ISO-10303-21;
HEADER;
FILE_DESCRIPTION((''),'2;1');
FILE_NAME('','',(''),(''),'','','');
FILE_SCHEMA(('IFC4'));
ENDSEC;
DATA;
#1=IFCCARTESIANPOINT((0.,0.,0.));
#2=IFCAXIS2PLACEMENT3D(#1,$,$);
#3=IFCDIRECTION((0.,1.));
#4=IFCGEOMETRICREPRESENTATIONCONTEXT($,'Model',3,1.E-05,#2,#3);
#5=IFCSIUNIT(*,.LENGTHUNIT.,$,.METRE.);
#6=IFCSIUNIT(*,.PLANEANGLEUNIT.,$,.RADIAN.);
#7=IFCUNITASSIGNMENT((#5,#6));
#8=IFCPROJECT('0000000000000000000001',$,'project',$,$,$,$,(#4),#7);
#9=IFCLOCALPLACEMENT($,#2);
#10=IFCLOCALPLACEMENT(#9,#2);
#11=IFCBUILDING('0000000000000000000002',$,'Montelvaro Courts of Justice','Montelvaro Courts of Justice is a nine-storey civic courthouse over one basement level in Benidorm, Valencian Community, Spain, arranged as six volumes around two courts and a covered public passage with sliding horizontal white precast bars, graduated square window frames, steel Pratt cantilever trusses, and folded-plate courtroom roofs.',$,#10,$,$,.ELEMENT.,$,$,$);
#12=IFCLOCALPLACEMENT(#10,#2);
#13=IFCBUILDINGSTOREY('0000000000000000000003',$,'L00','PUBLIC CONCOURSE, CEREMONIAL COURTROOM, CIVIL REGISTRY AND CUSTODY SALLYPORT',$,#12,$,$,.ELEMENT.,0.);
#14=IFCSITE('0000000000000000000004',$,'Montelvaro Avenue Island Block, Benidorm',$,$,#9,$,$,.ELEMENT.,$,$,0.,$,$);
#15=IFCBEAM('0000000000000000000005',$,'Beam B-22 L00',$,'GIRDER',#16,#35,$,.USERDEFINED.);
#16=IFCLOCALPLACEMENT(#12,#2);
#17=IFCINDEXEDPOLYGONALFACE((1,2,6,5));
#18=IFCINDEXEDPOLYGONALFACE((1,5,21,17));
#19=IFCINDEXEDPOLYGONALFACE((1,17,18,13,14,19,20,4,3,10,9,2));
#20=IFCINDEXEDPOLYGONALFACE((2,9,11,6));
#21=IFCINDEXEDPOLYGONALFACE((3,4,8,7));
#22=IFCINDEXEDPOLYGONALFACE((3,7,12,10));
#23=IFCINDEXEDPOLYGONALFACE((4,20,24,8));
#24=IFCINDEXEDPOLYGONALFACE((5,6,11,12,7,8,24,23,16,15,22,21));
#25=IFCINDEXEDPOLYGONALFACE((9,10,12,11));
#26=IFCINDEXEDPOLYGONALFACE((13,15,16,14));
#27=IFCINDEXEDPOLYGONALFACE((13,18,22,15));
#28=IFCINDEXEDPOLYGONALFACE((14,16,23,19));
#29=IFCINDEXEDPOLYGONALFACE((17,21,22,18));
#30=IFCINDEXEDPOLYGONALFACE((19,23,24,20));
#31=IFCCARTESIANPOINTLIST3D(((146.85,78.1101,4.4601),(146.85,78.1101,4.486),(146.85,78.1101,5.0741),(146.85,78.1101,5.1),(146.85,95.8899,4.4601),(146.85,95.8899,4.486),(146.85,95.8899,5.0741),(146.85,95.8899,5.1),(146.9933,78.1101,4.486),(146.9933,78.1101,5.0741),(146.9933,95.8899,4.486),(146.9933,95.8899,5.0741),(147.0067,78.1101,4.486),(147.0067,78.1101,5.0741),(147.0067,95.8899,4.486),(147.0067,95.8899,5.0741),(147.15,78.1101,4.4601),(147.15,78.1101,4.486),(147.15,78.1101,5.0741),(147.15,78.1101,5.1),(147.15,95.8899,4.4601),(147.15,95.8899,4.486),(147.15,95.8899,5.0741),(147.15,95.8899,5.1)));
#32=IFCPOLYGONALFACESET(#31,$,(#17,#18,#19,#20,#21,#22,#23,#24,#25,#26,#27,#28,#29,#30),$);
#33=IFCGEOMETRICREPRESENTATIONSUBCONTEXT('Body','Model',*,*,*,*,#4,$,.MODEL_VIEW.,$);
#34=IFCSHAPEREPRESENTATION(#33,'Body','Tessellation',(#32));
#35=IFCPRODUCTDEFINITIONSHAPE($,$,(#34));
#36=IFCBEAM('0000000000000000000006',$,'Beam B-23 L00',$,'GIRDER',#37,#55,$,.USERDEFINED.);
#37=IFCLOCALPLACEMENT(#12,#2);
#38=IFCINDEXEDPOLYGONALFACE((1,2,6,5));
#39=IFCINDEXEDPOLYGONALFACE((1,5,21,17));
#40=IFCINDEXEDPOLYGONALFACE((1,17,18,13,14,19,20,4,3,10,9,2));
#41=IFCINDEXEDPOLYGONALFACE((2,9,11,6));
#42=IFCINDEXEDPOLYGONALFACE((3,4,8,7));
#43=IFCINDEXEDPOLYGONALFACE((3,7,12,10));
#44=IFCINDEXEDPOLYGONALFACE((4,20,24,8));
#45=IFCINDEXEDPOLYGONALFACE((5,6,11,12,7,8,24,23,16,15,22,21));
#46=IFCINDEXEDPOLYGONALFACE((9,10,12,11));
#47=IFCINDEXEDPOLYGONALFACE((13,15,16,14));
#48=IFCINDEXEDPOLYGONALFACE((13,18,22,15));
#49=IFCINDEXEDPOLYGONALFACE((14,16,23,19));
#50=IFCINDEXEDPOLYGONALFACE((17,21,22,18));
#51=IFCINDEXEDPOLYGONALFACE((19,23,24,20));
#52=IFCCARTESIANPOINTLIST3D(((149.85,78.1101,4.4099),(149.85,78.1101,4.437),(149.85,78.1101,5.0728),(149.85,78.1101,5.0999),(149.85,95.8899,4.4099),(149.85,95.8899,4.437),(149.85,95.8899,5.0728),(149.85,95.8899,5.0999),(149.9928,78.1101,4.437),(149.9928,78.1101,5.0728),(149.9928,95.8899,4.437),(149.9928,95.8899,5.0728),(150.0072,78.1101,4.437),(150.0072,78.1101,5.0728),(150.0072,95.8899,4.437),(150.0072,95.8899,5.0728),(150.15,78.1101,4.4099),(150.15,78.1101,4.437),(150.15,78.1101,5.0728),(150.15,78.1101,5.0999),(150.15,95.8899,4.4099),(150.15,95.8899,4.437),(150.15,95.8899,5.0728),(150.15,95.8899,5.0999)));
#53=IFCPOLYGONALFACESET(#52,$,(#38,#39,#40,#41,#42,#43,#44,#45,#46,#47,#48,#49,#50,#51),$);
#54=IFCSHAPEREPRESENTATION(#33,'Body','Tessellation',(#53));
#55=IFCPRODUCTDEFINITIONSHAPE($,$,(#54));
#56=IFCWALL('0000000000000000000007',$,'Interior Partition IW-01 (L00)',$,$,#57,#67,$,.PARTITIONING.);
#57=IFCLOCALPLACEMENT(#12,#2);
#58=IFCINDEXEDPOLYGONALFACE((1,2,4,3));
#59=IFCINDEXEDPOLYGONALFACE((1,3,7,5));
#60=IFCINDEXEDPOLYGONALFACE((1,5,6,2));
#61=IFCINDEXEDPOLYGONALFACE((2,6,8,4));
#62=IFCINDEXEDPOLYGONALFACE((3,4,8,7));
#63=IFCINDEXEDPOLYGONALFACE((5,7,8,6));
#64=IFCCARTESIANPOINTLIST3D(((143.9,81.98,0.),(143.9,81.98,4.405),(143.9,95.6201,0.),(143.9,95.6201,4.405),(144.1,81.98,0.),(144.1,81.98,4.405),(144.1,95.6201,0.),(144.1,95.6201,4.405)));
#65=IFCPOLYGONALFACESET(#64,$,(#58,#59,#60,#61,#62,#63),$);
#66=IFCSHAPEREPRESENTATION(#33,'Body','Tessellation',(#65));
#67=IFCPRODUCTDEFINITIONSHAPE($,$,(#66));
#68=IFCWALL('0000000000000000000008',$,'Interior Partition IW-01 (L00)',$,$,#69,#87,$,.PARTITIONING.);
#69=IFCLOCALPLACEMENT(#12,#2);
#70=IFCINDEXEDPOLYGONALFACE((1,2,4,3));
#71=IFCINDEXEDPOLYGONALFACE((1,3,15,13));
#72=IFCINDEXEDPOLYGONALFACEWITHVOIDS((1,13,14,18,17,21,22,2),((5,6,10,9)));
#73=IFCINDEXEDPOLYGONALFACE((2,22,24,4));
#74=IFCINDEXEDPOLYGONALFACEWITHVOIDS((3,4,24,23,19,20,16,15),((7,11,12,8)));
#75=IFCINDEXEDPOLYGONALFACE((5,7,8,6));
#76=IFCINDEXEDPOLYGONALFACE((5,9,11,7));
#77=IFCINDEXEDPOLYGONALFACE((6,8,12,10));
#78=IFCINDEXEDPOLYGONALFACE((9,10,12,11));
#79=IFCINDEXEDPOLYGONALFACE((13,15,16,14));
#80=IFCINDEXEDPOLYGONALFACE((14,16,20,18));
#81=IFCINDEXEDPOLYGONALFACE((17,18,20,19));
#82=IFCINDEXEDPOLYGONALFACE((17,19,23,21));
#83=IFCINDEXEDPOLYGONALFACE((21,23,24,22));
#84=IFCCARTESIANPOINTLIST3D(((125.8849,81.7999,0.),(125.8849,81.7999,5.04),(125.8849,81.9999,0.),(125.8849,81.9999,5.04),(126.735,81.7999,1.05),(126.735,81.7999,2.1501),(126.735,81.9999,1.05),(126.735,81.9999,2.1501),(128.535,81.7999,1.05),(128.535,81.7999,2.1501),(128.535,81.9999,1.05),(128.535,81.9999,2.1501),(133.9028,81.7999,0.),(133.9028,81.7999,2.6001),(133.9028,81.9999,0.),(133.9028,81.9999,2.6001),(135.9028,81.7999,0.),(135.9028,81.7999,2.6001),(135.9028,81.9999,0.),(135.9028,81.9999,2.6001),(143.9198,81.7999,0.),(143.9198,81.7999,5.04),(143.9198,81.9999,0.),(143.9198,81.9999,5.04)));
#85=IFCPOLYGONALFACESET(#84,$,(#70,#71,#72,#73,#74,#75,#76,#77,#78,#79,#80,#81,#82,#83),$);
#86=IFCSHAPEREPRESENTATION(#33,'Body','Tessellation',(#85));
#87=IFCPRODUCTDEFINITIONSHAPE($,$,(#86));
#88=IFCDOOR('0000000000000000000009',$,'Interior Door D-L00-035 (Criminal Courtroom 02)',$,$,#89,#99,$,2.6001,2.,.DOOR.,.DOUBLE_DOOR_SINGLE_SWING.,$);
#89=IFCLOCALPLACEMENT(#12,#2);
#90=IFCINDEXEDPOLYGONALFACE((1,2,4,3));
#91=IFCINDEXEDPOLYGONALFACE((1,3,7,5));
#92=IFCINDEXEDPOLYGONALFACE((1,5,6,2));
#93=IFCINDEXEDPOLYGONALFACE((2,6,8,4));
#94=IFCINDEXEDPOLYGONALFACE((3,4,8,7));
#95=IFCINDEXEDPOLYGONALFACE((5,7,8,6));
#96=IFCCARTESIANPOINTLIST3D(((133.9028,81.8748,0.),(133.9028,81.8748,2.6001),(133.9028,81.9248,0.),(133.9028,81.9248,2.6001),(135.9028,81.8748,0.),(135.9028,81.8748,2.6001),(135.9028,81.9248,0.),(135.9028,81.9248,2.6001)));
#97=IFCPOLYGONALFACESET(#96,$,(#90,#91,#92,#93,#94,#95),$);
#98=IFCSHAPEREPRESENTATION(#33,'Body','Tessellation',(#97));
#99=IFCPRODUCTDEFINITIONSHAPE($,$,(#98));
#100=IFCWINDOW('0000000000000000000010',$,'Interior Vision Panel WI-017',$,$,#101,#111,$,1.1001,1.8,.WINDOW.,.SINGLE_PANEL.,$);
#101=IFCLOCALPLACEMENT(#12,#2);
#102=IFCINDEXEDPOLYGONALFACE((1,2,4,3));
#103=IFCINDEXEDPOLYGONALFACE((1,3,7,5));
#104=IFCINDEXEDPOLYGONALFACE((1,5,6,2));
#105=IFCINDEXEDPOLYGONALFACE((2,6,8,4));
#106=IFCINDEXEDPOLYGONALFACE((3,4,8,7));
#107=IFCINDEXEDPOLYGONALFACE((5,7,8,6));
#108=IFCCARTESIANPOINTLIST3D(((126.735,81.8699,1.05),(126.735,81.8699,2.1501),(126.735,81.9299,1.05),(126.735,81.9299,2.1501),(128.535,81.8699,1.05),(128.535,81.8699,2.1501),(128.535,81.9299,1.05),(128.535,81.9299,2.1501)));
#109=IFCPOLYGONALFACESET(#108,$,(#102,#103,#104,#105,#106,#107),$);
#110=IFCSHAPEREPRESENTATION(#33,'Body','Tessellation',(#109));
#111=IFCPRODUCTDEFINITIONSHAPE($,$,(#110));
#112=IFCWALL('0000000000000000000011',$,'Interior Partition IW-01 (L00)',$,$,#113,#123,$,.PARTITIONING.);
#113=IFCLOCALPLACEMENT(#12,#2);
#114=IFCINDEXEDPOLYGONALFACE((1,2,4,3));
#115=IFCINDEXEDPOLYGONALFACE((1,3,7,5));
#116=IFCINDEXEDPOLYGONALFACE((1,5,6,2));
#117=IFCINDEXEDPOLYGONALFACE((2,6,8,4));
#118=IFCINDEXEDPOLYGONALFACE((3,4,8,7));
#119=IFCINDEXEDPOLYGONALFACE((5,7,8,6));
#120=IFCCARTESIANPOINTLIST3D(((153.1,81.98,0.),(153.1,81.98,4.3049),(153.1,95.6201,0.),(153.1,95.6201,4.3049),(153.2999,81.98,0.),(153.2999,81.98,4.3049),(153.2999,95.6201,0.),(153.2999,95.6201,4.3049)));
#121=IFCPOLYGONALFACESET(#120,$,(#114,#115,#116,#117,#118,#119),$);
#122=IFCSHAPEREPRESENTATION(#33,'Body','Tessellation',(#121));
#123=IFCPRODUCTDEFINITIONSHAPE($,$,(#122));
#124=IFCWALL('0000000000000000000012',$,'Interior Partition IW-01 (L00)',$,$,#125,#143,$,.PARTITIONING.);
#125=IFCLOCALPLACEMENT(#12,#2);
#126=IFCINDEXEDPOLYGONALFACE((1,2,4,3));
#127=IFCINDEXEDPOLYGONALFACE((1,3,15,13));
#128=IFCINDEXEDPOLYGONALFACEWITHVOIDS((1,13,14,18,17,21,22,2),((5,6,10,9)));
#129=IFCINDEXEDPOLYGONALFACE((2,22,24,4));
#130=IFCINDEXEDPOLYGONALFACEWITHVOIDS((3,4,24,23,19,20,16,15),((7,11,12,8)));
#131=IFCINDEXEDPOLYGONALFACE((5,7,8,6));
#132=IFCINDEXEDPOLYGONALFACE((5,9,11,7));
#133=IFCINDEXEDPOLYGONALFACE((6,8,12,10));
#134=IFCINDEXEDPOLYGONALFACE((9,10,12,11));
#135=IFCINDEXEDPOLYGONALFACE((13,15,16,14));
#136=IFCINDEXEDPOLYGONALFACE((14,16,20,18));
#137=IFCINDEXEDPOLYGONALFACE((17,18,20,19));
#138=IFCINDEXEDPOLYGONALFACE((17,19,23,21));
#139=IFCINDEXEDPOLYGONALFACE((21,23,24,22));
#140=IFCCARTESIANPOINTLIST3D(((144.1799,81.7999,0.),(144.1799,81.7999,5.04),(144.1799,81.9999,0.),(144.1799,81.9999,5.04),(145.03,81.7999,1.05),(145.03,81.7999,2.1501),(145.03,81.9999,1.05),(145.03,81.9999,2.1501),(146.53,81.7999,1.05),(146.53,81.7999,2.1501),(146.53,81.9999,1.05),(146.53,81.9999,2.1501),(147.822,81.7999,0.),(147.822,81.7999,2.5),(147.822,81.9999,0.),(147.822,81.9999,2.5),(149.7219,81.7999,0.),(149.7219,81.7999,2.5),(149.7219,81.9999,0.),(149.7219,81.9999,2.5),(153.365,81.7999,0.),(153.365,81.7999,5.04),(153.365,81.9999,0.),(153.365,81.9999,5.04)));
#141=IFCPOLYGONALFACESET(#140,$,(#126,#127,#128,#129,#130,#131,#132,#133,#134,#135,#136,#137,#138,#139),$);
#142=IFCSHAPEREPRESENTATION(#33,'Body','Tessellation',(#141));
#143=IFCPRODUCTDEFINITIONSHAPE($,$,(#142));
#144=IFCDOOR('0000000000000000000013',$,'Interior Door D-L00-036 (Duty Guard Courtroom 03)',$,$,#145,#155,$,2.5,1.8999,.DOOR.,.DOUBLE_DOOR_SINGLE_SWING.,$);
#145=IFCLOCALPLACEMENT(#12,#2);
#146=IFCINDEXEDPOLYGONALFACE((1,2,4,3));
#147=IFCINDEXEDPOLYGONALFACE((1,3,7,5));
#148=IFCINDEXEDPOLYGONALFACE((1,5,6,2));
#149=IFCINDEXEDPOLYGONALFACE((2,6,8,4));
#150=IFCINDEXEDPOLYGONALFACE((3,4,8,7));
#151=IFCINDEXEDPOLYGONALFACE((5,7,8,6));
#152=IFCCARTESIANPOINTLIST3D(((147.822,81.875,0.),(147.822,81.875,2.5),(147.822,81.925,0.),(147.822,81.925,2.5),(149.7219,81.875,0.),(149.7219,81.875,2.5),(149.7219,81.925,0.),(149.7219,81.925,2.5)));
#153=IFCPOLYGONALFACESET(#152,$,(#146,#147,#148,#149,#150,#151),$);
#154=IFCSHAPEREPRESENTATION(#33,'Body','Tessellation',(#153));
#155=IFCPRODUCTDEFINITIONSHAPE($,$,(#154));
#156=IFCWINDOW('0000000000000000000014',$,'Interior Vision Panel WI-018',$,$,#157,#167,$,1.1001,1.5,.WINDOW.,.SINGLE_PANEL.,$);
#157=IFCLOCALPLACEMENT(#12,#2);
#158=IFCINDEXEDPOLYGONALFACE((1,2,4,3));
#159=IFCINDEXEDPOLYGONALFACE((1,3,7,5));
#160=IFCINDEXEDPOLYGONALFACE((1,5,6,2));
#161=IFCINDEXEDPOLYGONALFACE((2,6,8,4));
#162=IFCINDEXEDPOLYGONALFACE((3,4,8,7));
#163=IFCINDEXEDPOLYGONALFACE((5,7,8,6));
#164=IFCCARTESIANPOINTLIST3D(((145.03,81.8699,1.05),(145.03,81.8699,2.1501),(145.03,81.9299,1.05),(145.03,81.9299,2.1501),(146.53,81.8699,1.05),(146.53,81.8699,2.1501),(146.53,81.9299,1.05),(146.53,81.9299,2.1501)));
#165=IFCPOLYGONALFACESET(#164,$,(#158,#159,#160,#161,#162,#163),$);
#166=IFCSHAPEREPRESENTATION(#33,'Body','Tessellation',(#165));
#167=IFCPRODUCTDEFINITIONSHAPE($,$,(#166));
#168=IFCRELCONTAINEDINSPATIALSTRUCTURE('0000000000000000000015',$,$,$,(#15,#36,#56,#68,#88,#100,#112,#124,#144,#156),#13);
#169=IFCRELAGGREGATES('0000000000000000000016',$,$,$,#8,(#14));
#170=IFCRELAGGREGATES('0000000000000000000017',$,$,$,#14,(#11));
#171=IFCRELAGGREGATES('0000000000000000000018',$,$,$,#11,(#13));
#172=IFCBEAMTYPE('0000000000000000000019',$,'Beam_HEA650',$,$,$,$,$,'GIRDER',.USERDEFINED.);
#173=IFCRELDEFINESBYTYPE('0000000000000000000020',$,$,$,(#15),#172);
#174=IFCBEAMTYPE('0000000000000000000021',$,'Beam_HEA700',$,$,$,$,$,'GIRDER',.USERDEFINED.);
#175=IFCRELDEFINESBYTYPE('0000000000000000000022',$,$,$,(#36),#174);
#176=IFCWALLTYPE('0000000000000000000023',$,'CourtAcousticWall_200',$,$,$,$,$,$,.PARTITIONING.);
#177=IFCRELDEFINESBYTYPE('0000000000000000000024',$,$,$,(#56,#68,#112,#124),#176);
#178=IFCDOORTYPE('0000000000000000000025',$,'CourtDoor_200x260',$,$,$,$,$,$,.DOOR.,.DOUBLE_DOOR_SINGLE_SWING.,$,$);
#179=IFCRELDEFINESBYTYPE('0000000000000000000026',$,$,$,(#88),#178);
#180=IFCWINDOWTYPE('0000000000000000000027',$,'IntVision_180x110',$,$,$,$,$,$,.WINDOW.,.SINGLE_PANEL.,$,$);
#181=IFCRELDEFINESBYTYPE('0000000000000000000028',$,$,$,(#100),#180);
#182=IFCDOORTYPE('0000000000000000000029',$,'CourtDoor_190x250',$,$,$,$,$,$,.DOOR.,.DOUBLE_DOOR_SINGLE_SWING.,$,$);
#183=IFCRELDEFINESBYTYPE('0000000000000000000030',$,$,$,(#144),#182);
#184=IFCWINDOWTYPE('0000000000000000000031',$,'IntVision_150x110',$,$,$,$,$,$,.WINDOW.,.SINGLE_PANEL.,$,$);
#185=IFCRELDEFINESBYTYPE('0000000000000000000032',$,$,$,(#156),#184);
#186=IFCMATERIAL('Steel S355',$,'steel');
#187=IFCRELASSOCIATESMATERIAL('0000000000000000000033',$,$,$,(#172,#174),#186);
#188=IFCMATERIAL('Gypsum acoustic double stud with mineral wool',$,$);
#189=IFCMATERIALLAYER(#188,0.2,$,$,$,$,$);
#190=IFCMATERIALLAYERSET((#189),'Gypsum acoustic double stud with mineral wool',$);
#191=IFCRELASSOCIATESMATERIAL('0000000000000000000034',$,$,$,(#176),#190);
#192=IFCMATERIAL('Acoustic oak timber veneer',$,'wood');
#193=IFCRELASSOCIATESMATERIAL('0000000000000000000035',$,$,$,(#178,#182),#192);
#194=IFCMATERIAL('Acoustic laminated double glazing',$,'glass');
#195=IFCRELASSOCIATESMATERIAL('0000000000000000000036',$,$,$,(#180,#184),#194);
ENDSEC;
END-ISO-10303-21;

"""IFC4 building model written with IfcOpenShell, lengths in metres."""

from ifc_helpers import new_model, si_unit, direction, frame, frame_2d, origin, origin_2d, place, context, subcontext, project, spatial, rectangle, i_section, extrude, material, layer, layer_set, material_profile, profile_set, type_object, element, fill, save


model = new_model("IFC4")

# Units and contexts
model_context = context("Model", 3, precision=1e-05, world=origin(), true_north=direction((0.0, 1.0)))
body_context = subcontext(model_context, "Body", "Model", "MODEL_VIEW")
ifc_project = project(units=[si_unit("LENGTHUNIT", "METRE"), si_unit("PLANEANGLEUNIT", "RADIAN")], contexts=[model_context])

# Site, building, storey
site_placement = place(None, origin())
site = spatial("IfcSite", under=ifc_project, at=site_placement, Name="Montelvaro Avenue Island Block, Benidorm", CompositionType="ELEMENT", RefElevation=0.0)
building_placement = place(site_placement, origin())
building = spatial("IfcBuilding", under=site, at=building_placement, Name="Montelvaro Courts of Justice", Description="Montelvaro Courts of Justice is a nine-storey civic courthouse over one basement level in Benidorm, Valencian Community, Spain, arranged as six volumes around two courts and a covered public passage with sliding horizontal white precast bars, graduated square window frames, steel Pratt cantilever trusses, and folded-plate courtroom roofs.", CompositionType="ELEMENT")
storey_placement = place(building_placement, origin())
storey = spatial("IfcBuildingStorey", under=building, at=storey_placement, Name="L00", Description="PUBLIC CONCOURSE, CEREMONIAL COURTROOM, CIVIL REGISTRY AND CUSTODY SALLYPORT", CompositionType="ELEMENT", Elevation=0.0)

# Beams
ifc_material_1 = material(Name="Steel S355", Category="steel")
ifc_material_profile_1 = material_profile(ifc_material_1, i_section(OverallWidth=0.3, OverallDepth=0.6399, WebThickness=0.0134, FlangeThickness=0.0259, at=origin_2d()), Name="HEA 650")
ifc_profile_set_1 = profile_set([ifc_material_profile_1], Name="Steel S355")
beam_type_1 = type_object("IfcBeamType", Name="Beam_HEA650", ElementType="GIRDER", PredefinedType="USERDEFINED", material=ifc_profile_set_1)
beam_1_placement = place(storey_placement, frame((147.0, 78.1101, 4.78), z_axis=(0.0, 1.0, 0.0), x_axis=(-1.0, 0.0, 0.0)))
element("IfcBeam", 1, at=beam_1_placement, inside=storey, type_object=beam_type_1, Name="Beam B-22 L00", ObjectType="GIRDER", PredefinedType="USERDEFINED", context=body_context, shape_type="SweptSolid", body=[
    extrude(i_section(OverallWidth=0.3, OverallDepth=0.6399, WebThickness=0.0134, FlangeThickness=0.0259, at=origin_2d()), origin(), (0.0, 0.0, 1.0), 17.7798),
])
ifc_material_profile_2 = material_profile(ifc_material_1, i_section(OverallWidth=0.3, OverallDepth=0.6899, WebThickness=0.0144, FlangeThickness=0.0271, at=origin_2d()), Name="HEA 700")
ifc_profile_set_2 = profile_set([ifc_material_profile_2], Name="Steel S355")
beam_type_2 = type_object("IfcBeamType", Name="Beam_HEA700", ElementType="GIRDER", PredefinedType="USERDEFINED", material=ifc_profile_set_2)
beam_2_placement = place(storey_placement, frame((150.0, 78.1101, 4.7549), z_axis=(0.0, 1.0, 0.0), x_axis=(-1.0, 0.0, 0.0)))
element("IfcBeam", 2, at=beam_2_placement, inside=storey, type_object=beam_type_2, Name="Beam B-23 L00", ObjectType="GIRDER", PredefinedType="USERDEFINED", context=body_context, shape_type="SweptSolid", body=[
    extrude(i_section(OverallWidth=0.3, OverallDepth=0.6899, WebThickness=0.0144, FlangeThickness=0.0271, at=origin_2d()), origin(), (0.0, 0.0, 1.0), 17.7798),
])

# Wall
ifc_material_2 = material(Name="Gypsum acoustic double stud with mineral wool")
ifc_layer_1 = layer(ifc_material_2, 0.2)
ifc_layer_set_1 = layer_set([ifc_layer_1], Name="Gypsum acoustic double stud with mineral wool")
wall_type_1 = type_object("IfcWallType", Name="CourtAcousticWall_200", PredefinedType="PARTITIONING", material=ifc_layer_set_1)
wall_1_placement = place(storey_placement, frame((144.0, 95.6201, 0.0), z_axis=(0.0, 0.0, 1.0), x_axis=(0.0, -1.0, 0.0)))
element("IfcWall", 3, at=wall_1_placement, inside=storey, type_object=wall_type_1, Name="Interior Partition IW-01 (L00)", PredefinedType="PARTITIONING", context=body_context, shape_type="SweptSolid", body=[
    extrude(rectangle(XDim=13.6401, YDim=0.2, at=frame_2d((6.8201, 0.0))), origin(), (0.0, 0.0, 1.0), 4.405),
])

# Wall, openings, door, window
wall_2_placement = place(storey_placement, frame((143.9199, 81.8999, 0.0), z_axis=(0.0, 0.0, 1.0), x_axis=(-1.0, 0.0, 0.0)))
wall_2 = element("IfcWall", 4, at=wall_2_placement, inside=storey, type_object=wall_type_1, Name="Interior Partition IW-01 (L00)", PredefinedType="PARTITIONING", context=body_context, shape_type="SweptSolid", body=[
    extrude(rectangle(XDim=18.0349, YDim=0.2, at=frame_2d((9.0176, 0.0))), origin(), (0.0, 0.0, 1.0), 5.04),
])
opening_1_placement = place(wall_2_placement, frame((8.0171, 0.0, 0.0)))
opening_1 = element("IfcOpeningElement", 5, at=opening_1_placement, cuts=wall_2, PredefinedType="OPENING", context=body_context, shape_type="SweptSolid", body=[
    extrude(rectangle(XDim=2.0, YDim=2.6001, at=frame_2d((1.0, 1.3))), frame((0.0, 0.1147, 0.0), z_axis=(0.0, -1.0, 0.0), x_axis=(1.0, 0.0, 0.0)), (0.0, 0.0, 1.0), 0.2297),
])
opening_2_placement = place(wall_2_placement, frame((15.385, 0.0, 1.05)))
opening_2 = element("IfcOpeningElement", 6, at=opening_2_placement, cuts=wall_2, PredefinedType="OPENING", context=body_context, shape_type="SweptSolid", body=[
    extrude(rectangle(XDim=1.8, YDim=1.1001, at=frame_2d((0.8999, 0.55))), frame((0.0, 0.1147, 0.0), z_axis=(0.0, -1.0, 0.0), x_axis=(1.0, 0.0, 0.0)), (0.0, 0.0, 1.0), 0.2297),
])
ifc_material_3 = material(Name="Acoustic oak timber veneer", Category="wood")
door_type_1 = type_object("IfcDoorType", Name="CourtDoor_200x260", OperationType="DOUBLE_DOOR_SINGLE_SWING", PredefinedType="DOOR", material=ifc_material_3)
door_1_placement = place(opening_1_placement, frame((2.0, 0.0, 0.0), z_axis=(0.0, 0.0, 1.0), x_axis=(-1.0, 0.0, 0.0)))
door_1 = element("IfcDoor", 7, at=door_1_placement, inside=storey, type_object=door_type_1, Name="Interior Door D-L00-035 (Criminal Courtroom 02)", OperationType="DOUBLE_DOOR_SINGLE_SWING", OverallHeight=2.6001, OverallWidth=2.0, PredefinedType="DOOR", context=body_context, shape_type="SweptSolid", body=[
    extrude(rectangle(XDim=2.0, YDim=2.6001, at=frame_2d((1.0, 1.3))), frame((0.0, 0.0249, 0.0), z_axis=(0.0, -1.0, 0.0), x_axis=(1.0, 0.0, 0.0)), (0.0, 0.0, 1.0), 0.05),
])
fill(opening_1, door_1)
ifc_material_4 = material(Name="Acoustic laminated double glazing", Category="glass")
window_type_1 = type_object("IfcWindowType", Name="IntVision_180x110", PartitioningType="SINGLE_PANEL", PredefinedType="WINDOW", material=ifc_material_4)
window_1_placement = place(opening_2_placement, origin())
window_1 = element("IfcWindow", 8, at=window_1_placement, inside=storey, type_object=window_type_1, Name="Interior Vision Panel WI-017", OverallHeight=1.1001, OverallWidth=1.8, PartitioningType="SINGLE_PANEL", PredefinedType="WINDOW", context=body_context, shape_type="SweptSolid", body=[
    extrude(rectangle(XDim=1.8, YDim=1.1001, at=frame_2d((0.8999, 0.55))), frame((0.0, 0.03, 0.0), z_axis=(0.0, -1.0, 0.0), x_axis=(1.0, 0.0, 0.0)), (0.0, 0.0, 1.0), 0.0601),
])
fill(opening_2, window_1)

# Wall
wall_3_placement = place(storey_placement, frame((153.2, 95.6201, 0.0), z_axis=(0.0, 0.0, 1.0), x_axis=(0.0, -1.0, 0.0)))
element("IfcWall", 9, at=wall_3_placement, inside=storey, type_object=wall_type_1, Name="Interior Partition IW-01 (L00)", PredefinedType="PARTITIONING", context=body_context, shape_type="SweptSolid", body=[
    extrude(rectangle(XDim=13.6401, YDim=0.2, at=frame_2d((6.8201, 0.0))), origin(), (0.0, 0.0, 1.0), 4.3049),
])

# Wall, openings, door, window
wall_4_placement = place(storey_placement, frame((153.365, 81.8999, 0.0), z_axis=(0.0, 0.0, 1.0), x_axis=(-1.0, 0.0, 0.0)))
wall_4 = element("IfcWall", 10, at=wall_4_placement, inside=storey, type_object=wall_type_1, Name="Interior Partition IW-01 (L00)", PredefinedType="PARTITIONING", context=body_context, shape_type="SweptSolid", body=[
    extrude(rectangle(XDim=9.1851, YDim=0.2, at=frame_2d((4.5925, 0.0))), origin(), (0.0, 0.0, 1.0), 5.04),
])
opening_3_placement = place(wall_4_placement, frame((3.6431, 0.0, 0.0)))
opening_3 = element("IfcOpeningElement", 11, at=opening_3_placement, cuts=wall_4, PredefinedType="OPENING", context=body_context, shape_type="SweptSolid", body=[
    extrude(rectangle(XDim=1.8999, YDim=2.5, at=frame_2d((0.95, 1.25))), frame((0.0, 0.1147, 0.0), z_axis=(0.0, -1.0, 0.0), x_axis=(1.0, 0.0, 0.0)), (0.0, 0.0, 1.0), 0.2297),
])
opening_4_placement = place(wall_4_placement, frame((6.835, 0.0, 1.05)))
opening_4 = element("IfcOpeningElement", 12, at=opening_4_placement, cuts=wall_4, PredefinedType="OPENING", context=body_context, shape_type="SweptSolid", body=[
    extrude(rectangle(XDim=1.5, YDim=1.1001, at=frame_2d((0.75, 0.55))), frame((0.0, 0.1147, 0.0), z_axis=(0.0, -1.0, 0.0), x_axis=(1.0, 0.0, 0.0)), (0.0, 0.0, 1.0), 0.2297),
])
door_type_2 = type_object("IfcDoorType", Name="CourtDoor_190x250", OperationType="DOUBLE_DOOR_SINGLE_SWING", PredefinedType="DOOR", material=ifc_material_3)
door_2_placement = place(opening_3_placement, origin())
door_2 = element("IfcDoor", 13, at=door_2_placement, inside=storey, type_object=door_type_2, Name="Interior Door D-L00-036 (Duty Guard Courtroom 03)", OperationType="DOUBLE_DOOR_SINGLE_SWING", OverallHeight=2.5, OverallWidth=1.8999, PredefinedType="DOOR", context=body_context, shape_type="SweptSolid", body=[
    extrude(rectangle(XDim=1.8999, YDim=2.5, at=frame_2d((0.95, 1.25))), frame((0.0, 0.0249, 0.0), z_axis=(0.0, -1.0, 0.0), x_axis=(1.0, 0.0, 0.0)), (0.0, 0.0, 1.0), 0.05),
])
fill(opening_3, door_2)
window_type_2 = type_object("IfcWindowType", Name="IntVision_150x110", PartitioningType="SINGLE_PANEL", PredefinedType="WINDOW", material=ifc_material_4)
window_2_placement = place(opening_4_placement, origin())
window_2 = element("IfcWindow", 14, at=window_2_placement, inside=storey, type_object=window_type_2, Name="Interior Vision Panel WI-018", OverallHeight=1.1001, OverallWidth=1.5, PartitioningType="SINGLE_PANEL", PredefinedType="WINDOW", context=body_context, shape_type="SweptSolid", body=[
    extrude(rectangle(XDim=1.5, YDim=1.1001, at=frame_2d((0.75, 0.55))), frame((0.0, 0.03, 0.0), z_axis=(0.0, -1.0, 0.0), x_axis=(1.0, 0.0, 0.0)), (0.0, 0.0, 1.0), 0.0601),
])
fill(opening_4, window_2)

save(model, "model.ifc")
